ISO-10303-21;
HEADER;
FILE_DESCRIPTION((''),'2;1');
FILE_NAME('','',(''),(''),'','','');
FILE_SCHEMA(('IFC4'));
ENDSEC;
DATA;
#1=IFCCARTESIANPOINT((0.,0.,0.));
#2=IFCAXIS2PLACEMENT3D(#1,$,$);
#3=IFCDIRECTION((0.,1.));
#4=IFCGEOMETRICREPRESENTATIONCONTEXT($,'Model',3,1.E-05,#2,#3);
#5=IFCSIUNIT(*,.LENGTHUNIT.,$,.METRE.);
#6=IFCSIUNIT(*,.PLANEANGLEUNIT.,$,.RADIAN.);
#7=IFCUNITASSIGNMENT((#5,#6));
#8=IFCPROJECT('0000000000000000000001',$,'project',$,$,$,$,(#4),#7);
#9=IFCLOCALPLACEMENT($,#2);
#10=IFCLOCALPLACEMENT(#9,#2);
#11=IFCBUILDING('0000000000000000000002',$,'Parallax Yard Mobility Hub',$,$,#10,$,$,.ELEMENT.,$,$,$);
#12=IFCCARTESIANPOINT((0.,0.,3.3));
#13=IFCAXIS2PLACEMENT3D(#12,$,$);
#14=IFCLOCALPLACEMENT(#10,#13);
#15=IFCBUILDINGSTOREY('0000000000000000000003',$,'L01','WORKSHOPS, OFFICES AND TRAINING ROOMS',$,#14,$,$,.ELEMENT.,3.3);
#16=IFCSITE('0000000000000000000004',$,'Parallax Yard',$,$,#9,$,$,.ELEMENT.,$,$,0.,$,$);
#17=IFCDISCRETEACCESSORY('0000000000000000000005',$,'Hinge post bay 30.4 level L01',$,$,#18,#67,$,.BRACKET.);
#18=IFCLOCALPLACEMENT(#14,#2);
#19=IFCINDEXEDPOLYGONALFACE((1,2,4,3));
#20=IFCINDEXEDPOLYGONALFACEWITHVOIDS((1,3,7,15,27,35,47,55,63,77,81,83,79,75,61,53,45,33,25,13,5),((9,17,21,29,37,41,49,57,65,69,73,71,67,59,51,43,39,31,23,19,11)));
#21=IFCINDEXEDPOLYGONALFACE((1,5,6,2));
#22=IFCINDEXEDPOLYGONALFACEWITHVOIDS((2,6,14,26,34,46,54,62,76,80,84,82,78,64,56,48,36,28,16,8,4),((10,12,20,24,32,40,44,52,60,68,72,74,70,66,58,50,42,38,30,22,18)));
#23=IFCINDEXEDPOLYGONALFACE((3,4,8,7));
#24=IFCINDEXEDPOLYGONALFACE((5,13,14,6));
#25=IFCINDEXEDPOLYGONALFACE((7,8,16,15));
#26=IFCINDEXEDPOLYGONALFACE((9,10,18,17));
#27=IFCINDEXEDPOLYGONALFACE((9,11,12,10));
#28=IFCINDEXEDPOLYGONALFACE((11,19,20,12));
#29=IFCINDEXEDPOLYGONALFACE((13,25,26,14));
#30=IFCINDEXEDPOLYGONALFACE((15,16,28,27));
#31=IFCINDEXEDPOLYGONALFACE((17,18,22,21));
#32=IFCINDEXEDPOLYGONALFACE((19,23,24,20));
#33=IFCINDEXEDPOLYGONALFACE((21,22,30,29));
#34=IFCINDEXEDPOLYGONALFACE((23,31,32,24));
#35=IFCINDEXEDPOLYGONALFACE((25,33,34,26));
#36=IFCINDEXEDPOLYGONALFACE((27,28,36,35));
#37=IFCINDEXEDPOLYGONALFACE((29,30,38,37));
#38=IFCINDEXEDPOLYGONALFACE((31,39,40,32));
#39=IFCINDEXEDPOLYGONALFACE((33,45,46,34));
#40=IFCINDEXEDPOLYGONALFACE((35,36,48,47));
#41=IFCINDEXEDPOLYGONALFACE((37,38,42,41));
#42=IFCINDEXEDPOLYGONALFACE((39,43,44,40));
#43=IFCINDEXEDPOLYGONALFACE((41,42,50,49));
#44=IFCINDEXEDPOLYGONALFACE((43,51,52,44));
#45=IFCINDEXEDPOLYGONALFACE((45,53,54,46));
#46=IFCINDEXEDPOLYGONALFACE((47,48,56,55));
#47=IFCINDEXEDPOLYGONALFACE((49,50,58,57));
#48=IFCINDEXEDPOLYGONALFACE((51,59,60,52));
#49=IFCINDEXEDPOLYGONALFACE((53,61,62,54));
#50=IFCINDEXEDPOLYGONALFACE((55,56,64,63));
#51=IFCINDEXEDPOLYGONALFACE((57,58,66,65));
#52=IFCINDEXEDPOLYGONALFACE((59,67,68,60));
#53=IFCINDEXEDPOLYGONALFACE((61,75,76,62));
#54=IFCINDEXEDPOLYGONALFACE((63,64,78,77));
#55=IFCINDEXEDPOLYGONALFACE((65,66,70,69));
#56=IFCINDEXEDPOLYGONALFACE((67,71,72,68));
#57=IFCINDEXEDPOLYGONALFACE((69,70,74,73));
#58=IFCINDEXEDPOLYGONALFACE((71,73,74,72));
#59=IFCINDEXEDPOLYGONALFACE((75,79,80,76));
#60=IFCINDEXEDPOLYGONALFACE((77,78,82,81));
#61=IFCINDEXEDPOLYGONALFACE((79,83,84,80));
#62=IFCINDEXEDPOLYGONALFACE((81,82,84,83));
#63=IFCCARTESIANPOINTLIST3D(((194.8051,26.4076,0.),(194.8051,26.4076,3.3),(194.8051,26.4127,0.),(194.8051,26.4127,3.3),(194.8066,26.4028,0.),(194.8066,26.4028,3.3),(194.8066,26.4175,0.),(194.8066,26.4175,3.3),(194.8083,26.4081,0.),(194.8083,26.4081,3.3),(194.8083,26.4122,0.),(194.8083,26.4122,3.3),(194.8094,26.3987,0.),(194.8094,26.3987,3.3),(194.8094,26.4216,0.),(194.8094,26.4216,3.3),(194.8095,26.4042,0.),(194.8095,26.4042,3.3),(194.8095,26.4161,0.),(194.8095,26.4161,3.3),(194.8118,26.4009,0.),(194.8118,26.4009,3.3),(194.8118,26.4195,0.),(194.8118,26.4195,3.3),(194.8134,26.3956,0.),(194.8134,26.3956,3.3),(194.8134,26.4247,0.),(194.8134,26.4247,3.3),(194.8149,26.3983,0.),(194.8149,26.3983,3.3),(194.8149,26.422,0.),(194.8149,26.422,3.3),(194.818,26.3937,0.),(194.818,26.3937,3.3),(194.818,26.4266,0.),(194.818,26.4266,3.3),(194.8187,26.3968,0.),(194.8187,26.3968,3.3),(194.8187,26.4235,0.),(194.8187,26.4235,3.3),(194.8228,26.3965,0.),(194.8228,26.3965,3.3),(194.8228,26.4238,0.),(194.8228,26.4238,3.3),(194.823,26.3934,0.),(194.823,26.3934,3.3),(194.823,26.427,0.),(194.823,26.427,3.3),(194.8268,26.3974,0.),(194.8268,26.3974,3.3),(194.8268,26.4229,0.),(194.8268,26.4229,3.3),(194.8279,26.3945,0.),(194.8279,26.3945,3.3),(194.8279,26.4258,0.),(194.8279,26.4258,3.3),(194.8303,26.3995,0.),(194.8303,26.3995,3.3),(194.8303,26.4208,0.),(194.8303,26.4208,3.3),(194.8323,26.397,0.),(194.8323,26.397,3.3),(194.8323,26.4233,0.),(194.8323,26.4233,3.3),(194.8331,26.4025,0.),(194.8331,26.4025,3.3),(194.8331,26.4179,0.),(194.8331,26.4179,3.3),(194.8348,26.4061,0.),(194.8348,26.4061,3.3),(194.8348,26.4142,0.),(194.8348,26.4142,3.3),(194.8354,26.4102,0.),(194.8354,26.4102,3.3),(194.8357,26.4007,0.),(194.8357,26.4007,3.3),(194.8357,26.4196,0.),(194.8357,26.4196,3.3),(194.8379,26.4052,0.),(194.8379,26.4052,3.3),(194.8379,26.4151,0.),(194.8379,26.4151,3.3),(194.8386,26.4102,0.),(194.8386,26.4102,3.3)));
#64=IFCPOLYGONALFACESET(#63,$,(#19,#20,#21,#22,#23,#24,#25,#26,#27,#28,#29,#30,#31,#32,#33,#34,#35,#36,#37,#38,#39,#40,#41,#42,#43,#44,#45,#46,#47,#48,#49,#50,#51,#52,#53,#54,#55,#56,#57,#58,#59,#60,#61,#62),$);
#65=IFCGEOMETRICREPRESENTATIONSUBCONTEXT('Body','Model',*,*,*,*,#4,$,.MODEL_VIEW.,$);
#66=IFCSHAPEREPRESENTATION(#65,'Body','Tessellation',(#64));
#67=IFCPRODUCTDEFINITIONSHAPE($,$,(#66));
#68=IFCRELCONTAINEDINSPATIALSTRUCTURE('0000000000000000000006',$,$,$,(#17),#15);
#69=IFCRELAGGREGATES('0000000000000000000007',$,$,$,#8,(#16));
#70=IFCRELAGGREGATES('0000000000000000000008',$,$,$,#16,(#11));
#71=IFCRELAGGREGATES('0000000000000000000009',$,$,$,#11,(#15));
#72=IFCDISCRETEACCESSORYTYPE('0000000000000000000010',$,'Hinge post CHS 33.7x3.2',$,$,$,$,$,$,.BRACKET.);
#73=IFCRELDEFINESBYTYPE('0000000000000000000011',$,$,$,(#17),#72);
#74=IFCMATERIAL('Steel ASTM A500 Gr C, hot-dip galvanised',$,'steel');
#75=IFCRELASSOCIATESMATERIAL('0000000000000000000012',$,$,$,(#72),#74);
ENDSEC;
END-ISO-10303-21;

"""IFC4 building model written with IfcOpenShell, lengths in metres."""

from ifc_helpers import new_model, si_unit, direction, frame, origin, origin_2d, place, context, subcontext, project, spatial, hollow_circle, extrude, material, material_profile, profile_set, type_object, element, save


model = new_model("IFC4")

# Units and contexts
model_context = context("Model", 3, precision=1e-05, world=origin(), true_north=direction((0.0, 1.0)))
body_context = subcontext(model_context, "Body", "Model", "MODEL_VIEW")
ifc_project = project(units=[si_unit("LENGTHUNIT", "METRE"), si_unit("PLANEANGLEUNIT", "RADIAN")], contexts=[model_context])

# Site, building, storey
site_placement = place(None, origin())
site = spatial("IfcSite", under=ifc_project, at=site_placement, Name="Parallax Yard", CompositionType="ELEMENT", RefElevation=0.0)
building_placement = place(site_placement, origin())
building = spatial("IfcBuilding", under=site, at=building_placement, Name="Parallax Yard Mobility Hub", CompositionType="ELEMENT")
storey_placement = place(building_placement, frame((0.0, 0.0, 3.3)))
storey = spatial("IfcBuildingStorey", under=building, at=storey_placement, Name="L01", Description="WORKSHOPS, OFFICES AND TRAINING ROOMS", CompositionType="ELEMENT", Elevation=3.3)

# Discrete accessory
ifc_material_1 = material(Name="Steel ASTM A500 Gr C, hot-dip galvanised", Category="steel")
ifc_material_profile = material_profile(ifc_material_1, hollow_circle(Radius=0.0168, WallThickness=0.0032, at=origin_2d()), Name="CHS 33.7x3.2")
ifc_profile_set = profile_set([ifc_material_profile], Name="Steel ASTM A500 Gr C, hot-dip galvanised")
discrete_accessory_type_1 = type_object("IfcDiscreteAccessoryType", Name="Hinge post CHS 33.7x3.2", PredefinedType="BRACKET", material=ifc_profile_set)
for number, where, z_axis, x_axis, name in (
    (1, (194.8218, 26.4102, 0.0), (0.0, 0.0, 1.0), (1.0, 0.0, 0.0), "Hinge post bay 30.4 level L01"),
):
    element("IfcDiscreteAccessory", number, at=place(storey_placement, frame(where, z_axis=z_axis, x_axis=x_axis)), inside=storey, type_object=discrete_accessory_type_1, Name=name, PredefinedType="BRACKET", context=body_context, shape_type="SweptSolid", body=[
        extrude(hollow_circle(Radius=0.0168, WallThickness=0.0032, at=origin_2d()), origin(), (0.0, 0.0, 1.0), 3.3),
    ])

save(model, "model.ifc")
